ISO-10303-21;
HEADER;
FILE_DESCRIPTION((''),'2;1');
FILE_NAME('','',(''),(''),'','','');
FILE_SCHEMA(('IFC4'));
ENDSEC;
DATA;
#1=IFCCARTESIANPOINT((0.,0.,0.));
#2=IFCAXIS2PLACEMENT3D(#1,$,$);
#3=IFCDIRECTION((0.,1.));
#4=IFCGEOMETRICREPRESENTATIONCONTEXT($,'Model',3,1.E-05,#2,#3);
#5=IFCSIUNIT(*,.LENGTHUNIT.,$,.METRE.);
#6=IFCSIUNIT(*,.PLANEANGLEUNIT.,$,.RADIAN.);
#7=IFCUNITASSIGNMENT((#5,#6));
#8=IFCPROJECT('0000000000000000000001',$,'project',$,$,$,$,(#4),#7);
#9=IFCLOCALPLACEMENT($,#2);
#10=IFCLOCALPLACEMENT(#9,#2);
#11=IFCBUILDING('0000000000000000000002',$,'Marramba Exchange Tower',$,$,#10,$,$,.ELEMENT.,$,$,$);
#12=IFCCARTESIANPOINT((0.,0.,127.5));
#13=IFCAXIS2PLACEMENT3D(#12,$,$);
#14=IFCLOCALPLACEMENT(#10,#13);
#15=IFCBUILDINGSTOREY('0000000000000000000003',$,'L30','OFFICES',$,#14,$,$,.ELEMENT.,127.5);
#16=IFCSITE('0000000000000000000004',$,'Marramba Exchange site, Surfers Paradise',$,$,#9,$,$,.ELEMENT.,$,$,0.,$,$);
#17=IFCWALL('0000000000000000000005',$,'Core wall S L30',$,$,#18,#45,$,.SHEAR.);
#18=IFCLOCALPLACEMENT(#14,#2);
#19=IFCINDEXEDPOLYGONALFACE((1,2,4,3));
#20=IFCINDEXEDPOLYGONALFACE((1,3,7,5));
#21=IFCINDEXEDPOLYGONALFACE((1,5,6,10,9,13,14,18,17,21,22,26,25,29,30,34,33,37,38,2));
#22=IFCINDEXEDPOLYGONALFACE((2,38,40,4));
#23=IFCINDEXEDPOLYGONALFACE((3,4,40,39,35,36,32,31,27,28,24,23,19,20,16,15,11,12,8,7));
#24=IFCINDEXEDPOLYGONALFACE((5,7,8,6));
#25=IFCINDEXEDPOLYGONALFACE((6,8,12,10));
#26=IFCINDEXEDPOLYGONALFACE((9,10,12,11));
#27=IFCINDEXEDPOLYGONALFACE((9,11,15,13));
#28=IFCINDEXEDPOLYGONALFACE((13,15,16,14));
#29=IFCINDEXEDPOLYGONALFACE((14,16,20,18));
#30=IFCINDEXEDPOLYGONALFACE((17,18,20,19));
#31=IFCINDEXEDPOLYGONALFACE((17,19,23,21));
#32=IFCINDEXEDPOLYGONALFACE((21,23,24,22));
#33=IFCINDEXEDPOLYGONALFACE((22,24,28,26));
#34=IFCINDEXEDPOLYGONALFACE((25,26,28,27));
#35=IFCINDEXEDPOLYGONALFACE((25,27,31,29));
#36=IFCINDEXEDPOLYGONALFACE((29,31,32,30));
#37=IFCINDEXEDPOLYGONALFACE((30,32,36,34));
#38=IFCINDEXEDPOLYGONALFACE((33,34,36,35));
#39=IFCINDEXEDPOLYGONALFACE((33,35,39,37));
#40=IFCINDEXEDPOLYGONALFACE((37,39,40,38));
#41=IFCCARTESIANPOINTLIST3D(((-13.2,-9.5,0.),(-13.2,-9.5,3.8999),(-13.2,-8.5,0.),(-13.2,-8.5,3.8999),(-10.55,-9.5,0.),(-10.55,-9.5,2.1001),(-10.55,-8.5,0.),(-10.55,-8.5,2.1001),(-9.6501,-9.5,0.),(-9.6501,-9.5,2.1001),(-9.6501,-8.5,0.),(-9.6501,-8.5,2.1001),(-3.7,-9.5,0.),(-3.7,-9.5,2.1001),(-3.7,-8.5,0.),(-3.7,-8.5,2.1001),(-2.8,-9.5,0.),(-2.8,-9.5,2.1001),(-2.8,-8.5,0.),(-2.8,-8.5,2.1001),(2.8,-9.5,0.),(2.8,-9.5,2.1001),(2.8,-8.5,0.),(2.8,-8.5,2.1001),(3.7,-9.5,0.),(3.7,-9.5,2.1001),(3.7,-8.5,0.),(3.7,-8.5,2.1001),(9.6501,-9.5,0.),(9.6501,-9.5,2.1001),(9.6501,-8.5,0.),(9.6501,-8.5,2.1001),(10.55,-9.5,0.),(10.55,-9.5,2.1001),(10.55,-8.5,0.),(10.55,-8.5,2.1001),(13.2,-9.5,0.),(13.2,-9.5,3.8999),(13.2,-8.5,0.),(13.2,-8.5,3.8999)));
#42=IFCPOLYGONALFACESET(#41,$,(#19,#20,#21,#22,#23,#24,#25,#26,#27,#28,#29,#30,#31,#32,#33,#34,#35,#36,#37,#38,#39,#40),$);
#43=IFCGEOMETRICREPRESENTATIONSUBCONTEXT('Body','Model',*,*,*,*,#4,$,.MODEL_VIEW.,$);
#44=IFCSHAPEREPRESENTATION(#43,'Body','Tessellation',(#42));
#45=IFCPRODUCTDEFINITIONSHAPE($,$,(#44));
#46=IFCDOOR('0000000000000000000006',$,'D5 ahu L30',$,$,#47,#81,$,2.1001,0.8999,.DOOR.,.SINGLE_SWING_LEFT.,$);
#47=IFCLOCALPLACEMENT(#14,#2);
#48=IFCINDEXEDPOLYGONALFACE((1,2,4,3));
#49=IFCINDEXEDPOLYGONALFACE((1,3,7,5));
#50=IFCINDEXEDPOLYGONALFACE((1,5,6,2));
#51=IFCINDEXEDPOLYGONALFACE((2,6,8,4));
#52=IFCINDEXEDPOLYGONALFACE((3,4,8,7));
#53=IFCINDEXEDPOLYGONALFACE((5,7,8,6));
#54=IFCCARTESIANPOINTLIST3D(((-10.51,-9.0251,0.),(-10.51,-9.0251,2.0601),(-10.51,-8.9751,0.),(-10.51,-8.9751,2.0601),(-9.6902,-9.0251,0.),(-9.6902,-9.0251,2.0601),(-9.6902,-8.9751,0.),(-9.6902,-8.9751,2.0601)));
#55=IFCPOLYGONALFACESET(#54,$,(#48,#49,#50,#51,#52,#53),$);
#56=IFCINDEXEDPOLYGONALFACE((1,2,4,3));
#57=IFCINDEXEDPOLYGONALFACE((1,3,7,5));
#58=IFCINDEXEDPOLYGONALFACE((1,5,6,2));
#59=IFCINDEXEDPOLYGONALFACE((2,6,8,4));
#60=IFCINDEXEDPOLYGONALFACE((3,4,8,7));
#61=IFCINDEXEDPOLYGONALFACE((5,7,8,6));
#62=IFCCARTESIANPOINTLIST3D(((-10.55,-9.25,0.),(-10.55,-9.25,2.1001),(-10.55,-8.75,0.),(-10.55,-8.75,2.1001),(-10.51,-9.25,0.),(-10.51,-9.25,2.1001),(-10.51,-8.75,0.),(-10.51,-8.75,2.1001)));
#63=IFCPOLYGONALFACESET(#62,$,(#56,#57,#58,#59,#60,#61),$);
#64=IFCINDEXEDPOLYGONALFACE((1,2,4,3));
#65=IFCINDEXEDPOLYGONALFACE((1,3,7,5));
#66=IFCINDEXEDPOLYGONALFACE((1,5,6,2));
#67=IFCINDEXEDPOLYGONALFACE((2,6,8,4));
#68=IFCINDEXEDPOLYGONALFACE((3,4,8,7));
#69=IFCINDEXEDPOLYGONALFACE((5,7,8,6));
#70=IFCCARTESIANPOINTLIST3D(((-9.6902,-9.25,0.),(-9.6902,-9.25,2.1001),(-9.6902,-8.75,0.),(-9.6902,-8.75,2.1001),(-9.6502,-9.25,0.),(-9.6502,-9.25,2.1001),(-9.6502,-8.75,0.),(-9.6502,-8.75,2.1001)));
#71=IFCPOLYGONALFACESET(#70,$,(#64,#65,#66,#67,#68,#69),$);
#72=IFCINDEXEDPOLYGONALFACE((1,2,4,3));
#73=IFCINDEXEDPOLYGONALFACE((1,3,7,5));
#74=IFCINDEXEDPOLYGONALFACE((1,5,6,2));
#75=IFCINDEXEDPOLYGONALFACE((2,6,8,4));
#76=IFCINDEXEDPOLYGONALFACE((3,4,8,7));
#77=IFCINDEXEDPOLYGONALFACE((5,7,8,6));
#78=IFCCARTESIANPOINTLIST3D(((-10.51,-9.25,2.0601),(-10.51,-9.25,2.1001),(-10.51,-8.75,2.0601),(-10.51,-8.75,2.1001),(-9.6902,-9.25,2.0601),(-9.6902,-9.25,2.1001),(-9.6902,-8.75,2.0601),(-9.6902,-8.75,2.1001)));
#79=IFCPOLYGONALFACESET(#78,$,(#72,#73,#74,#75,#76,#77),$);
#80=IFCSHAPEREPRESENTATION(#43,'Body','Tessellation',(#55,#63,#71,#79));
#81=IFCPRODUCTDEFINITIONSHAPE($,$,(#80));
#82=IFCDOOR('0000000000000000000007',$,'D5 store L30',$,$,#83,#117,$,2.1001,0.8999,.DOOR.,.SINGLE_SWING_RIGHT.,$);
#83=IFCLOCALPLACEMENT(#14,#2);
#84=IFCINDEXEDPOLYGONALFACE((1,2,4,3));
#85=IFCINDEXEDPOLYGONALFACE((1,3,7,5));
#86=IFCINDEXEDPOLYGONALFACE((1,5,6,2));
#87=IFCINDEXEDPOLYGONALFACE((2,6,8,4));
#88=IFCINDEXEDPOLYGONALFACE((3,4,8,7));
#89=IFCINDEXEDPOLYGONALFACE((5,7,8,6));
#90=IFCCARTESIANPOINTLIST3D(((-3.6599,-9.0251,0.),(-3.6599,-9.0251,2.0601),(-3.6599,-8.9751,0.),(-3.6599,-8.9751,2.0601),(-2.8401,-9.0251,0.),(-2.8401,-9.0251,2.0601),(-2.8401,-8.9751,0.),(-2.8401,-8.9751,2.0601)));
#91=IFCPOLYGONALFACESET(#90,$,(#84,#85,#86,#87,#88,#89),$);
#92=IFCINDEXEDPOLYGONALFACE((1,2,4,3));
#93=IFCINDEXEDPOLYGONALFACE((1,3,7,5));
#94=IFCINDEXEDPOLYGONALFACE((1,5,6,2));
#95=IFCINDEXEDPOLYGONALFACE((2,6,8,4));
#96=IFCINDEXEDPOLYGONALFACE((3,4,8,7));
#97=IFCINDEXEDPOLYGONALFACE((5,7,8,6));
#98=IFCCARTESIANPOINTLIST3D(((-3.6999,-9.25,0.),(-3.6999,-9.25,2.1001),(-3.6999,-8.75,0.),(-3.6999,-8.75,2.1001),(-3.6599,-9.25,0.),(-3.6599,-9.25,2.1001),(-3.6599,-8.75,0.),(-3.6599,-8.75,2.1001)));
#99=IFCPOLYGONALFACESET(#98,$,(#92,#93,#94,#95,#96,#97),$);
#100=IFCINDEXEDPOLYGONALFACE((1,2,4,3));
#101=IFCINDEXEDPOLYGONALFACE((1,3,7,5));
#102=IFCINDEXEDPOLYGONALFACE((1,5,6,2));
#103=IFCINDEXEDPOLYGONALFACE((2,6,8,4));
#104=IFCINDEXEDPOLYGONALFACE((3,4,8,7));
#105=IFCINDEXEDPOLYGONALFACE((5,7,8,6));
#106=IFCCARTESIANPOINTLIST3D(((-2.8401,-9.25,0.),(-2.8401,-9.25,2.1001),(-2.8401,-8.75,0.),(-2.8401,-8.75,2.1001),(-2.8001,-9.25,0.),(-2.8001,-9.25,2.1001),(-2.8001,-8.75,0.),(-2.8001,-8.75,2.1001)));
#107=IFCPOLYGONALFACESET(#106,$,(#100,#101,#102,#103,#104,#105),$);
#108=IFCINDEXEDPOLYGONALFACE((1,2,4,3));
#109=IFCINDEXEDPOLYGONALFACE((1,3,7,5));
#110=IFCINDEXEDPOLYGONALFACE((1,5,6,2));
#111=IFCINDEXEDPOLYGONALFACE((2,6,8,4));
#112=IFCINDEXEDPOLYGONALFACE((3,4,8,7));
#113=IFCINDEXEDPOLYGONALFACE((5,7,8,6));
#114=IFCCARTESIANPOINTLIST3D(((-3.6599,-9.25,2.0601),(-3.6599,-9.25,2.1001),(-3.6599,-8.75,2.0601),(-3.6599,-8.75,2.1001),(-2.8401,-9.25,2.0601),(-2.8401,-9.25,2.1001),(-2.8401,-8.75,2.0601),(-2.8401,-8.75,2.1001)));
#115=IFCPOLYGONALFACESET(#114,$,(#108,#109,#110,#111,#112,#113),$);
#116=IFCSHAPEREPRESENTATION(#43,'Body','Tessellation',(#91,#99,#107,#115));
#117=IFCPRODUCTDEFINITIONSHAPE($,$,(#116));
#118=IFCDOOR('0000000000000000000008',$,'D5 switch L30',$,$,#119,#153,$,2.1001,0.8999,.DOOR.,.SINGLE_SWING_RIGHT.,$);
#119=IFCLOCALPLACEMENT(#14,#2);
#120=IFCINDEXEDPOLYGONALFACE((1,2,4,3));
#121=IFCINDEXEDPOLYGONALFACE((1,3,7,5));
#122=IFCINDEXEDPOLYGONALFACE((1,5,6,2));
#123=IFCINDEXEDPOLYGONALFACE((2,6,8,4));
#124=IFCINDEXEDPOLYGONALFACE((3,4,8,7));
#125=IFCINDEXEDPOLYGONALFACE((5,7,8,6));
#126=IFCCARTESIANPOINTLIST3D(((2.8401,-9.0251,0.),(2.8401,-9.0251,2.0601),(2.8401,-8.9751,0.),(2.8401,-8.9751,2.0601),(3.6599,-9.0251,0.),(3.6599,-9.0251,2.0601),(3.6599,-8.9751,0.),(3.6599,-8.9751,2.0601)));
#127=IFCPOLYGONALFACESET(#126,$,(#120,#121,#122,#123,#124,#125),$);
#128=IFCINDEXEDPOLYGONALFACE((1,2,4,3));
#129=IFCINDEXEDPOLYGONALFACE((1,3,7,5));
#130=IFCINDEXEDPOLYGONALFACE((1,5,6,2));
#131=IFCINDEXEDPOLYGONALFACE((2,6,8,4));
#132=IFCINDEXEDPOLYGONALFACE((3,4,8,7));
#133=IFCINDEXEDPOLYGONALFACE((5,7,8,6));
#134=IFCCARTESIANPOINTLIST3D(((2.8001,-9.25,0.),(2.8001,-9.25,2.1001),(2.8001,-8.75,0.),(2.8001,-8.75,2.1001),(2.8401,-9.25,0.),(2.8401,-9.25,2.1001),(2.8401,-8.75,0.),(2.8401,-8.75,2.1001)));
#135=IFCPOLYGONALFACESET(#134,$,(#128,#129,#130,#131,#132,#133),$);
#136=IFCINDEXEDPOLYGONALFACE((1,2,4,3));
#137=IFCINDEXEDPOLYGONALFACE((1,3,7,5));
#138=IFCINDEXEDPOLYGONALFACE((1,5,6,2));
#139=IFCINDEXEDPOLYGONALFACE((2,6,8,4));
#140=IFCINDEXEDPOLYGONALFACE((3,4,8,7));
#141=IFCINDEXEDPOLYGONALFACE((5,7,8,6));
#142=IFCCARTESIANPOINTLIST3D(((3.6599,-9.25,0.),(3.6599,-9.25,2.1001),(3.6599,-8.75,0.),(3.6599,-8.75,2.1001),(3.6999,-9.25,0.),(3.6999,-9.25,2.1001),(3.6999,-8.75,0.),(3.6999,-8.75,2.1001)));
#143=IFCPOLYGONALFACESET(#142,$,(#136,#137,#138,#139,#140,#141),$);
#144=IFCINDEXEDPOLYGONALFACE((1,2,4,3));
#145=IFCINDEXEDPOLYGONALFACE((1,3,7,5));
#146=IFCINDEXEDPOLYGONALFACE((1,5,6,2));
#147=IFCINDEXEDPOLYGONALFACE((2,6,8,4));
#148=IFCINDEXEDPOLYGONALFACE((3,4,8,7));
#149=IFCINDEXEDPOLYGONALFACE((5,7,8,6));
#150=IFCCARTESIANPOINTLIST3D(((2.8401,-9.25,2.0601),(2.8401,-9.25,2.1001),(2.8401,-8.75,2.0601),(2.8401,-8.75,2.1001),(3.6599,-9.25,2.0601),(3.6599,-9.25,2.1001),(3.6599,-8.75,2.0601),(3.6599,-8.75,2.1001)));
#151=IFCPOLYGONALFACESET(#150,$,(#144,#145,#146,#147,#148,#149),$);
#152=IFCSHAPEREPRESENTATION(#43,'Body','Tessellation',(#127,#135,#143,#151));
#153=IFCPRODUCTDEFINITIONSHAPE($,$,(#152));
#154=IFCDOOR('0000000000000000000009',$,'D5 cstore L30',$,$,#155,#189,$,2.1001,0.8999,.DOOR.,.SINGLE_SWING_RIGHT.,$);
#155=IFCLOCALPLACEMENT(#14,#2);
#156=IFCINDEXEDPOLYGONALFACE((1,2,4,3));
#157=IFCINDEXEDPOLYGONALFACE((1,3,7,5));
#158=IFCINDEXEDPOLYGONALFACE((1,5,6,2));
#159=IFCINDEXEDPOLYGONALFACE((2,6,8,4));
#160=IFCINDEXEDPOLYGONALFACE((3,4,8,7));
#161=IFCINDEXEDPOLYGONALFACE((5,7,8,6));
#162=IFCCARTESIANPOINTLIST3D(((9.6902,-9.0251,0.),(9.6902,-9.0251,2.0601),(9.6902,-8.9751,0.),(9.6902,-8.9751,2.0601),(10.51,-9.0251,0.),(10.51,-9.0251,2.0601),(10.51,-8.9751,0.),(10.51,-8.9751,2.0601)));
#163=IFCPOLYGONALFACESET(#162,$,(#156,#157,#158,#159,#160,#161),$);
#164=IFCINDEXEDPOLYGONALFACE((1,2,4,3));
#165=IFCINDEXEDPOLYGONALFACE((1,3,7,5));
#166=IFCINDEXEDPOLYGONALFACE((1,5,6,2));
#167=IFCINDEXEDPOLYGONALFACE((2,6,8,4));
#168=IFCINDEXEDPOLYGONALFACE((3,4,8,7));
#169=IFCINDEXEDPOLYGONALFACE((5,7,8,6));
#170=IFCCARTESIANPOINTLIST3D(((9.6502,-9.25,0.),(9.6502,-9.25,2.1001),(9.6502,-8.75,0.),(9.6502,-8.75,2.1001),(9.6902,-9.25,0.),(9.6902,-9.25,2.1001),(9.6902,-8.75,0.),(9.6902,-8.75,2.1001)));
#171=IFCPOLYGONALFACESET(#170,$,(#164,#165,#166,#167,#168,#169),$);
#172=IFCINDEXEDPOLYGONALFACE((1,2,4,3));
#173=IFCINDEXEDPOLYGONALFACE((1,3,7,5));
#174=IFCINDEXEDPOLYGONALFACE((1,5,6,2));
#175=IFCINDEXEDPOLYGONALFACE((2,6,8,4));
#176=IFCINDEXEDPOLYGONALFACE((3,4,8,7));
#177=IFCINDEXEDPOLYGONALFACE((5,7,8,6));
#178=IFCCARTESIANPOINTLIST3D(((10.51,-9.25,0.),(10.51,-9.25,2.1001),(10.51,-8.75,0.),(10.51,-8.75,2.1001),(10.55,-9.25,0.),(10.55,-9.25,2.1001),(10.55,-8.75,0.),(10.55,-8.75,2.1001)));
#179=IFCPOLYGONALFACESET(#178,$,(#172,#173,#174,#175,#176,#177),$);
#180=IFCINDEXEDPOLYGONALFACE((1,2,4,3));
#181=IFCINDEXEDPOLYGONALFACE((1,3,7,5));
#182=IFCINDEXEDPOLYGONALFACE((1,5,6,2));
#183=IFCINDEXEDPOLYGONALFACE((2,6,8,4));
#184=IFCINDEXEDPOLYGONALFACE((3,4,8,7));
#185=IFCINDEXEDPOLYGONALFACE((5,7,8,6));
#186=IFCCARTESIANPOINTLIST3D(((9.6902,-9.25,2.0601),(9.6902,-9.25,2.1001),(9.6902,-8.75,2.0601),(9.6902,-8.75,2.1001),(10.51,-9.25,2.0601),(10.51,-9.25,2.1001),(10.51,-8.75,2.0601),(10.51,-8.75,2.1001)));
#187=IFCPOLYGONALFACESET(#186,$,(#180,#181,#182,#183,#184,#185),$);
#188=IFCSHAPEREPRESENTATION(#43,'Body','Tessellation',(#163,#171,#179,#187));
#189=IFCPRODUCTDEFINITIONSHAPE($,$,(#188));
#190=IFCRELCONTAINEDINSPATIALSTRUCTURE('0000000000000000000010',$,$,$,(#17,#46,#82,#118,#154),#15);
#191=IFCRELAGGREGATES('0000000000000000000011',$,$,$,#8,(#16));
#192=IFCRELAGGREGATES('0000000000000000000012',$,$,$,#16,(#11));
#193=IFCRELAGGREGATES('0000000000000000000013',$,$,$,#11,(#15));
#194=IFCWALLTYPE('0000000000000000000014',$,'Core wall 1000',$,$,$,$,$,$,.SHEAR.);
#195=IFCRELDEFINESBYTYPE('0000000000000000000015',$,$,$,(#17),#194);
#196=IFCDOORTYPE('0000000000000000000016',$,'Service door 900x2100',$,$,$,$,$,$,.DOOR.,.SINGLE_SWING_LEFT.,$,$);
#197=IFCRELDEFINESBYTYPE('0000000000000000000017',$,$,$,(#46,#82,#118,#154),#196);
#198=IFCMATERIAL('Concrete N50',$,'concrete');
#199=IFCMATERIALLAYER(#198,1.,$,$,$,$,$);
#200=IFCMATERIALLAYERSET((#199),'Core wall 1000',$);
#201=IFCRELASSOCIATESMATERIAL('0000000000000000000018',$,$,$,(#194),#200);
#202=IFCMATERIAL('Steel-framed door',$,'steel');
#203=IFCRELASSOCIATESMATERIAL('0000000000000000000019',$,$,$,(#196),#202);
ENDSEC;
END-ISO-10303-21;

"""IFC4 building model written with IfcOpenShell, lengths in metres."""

from ifc_helpers import new_model, si_unit, direction, frame, frame_2d, origin, place, context, subcontext, project, spatial, rectangle, extrude, material, layer, layer_set, type_object, element, fill, save


model = new_model("IFC4")

# Units and contexts
model_context = context("Model", 3, precision=1e-05, world=origin(), true_north=direction((0.0, 1.0)))
body_context = subcontext(model_context, "Body", "Model", "MODEL_VIEW")
ifc_project = project(units=[si_unit("LENGTHUNIT", "METRE"), si_unit("PLANEANGLEUNIT", "RADIAN")], contexts=[model_context])

# Site, building, storey
site_placement = place(None, origin())
site = spatial("IfcSite", under=ifc_project, at=site_placement, Name="Marramba Exchange site, Surfers Paradise", CompositionType="ELEMENT", RefElevation=0.0)
building_placement = place(site_placement, origin())
building = spatial("IfcBuilding", under=site, at=building_placement, Name="Marramba Exchange Tower", CompositionType="ELEMENT")
storey_placement = place(building_placement, frame((0.0, 0.0, 127.5)))
storey = spatial("IfcBuildingStorey", under=building, at=storey_placement, Name="L30", Description="OFFICES", CompositionType="ELEMENT", Elevation=127.5)

# Shared definitions
ifc_material_1 = material(Name="Concrete N50", Category="concrete")

# Wall, openings, doors
ifc_layer_1 = layer(ifc_material_1, 1.0)
ifc_layer_set_1 = layer_set([ifc_layer_1], Name="Core wall 1000")
wall_type_1 = type_object("IfcWallType", Name="Core wall 1000", PredefinedType="SHEAR", material=ifc_layer_set_1)
wall_1_placement = place(storey_placement, frame((-13.2, -9.0, 0.0), z_axis=(0.0, 0.0, 1.0), x_axis=(1.0, 0.0, 0.0)))
wall_1 = element("IfcWall", 1, at=wall_1_placement, inside=storey, type_object=wall_type_1, Name="Core wall S L30", PredefinedType="SHEAR", context=body_context, shape_type="SweptSolid", body=[
    extrude(rectangle(XDim=26.3999, YDim=1.0, at=frame_2d((13.2, 0.0))), origin(), (0.0, 0.0, 1.0), 3.8999),
])
opening_1_placement = place(wall_1_placement, frame((2.6499, 0.0, 0.0)))
opening_1 = element("IfcOpeningElement", 2, at=opening_1_placement, cuts=wall_1, PredefinedType="OPENING", context=body_context, shape_type="SweptSolid", body=[
    extrude(rectangle(XDim=0.8999, YDim=2.1001, at=frame_2d((0.45, 1.05))), frame((0.0, 0.51, 0.0), z_axis=(0.0, -1.0, 0.0), x_axis=(1.0, 0.0, 0.0)), (0.0, 0.0, 1.0), 1.02),
])
opening_2_placement = place(wall_1_placement, frame((9.5, 0.0, 0.0)))
opening_2 = element("IfcOpeningElement", 3, at=opening_2_placement, cuts=wall_1, PredefinedType="OPENING", context=body_context, shape_type="SweptSolid", body=[
    extrude(rectangle(XDim=0.8999, YDim=2.1001, at=frame_2d((0.45, 1.05))), frame((0.0, 0.51, 0.0), z_axis=(0.0, -1.0, 0.0), x_axis=(1.0, 0.0, 0.0)), (0.0, 0.0, 1.0), 1.02),
])
opening_3_placement = place(wall_1_placement, frame((16.0, 0.0, 0.0)))
opening_3 = element("IfcOpeningElement", 4, at=opening_3_placement, cuts=wall_1, PredefinedType="OPENING", context=body_context, shape_type="SweptSolid", body=[
    extrude(rectangle(XDim=0.8999, YDim=2.1001, at=frame_2d((0.45, 1.05))), frame((0.0, 0.51, 0.0), z_axis=(0.0, -1.0, 0.0), x_axis=(1.0, 0.0, 0.0)), (0.0, 0.0, 1.0), 1.02),
])
opening_4_placement = place(wall_1_placement, frame((22.8501, 0.0, 0.0)))
opening_4 = element("IfcOpeningElement", 5, at=opening_4_placement, cuts=wall_1, PredefinedType="OPENING", context=body_context, shape_type="SweptSolid", body=[
    extrude(rectangle(XDim=0.8999, YDim=2.1001, at=frame_2d((0.45, 1.05))), frame((0.0, 0.51, 0.0), z_axis=(0.0, -1.0, 0.0), x_axis=(1.0, 0.0, 0.0)), (0.0, 0.0, 1.0), 1.02),
])
ifc_material_2 = material(Name="Steel-framed door", Category="steel")
door_type_1 = type_object("IfcDoorType", Name="Service door 900x2100", OperationType="SINGLE_SWING_LEFT", PredefinedType="DOOR", material=ifc_material_2)
door_1_placement = place(opening_1_placement, origin())
door_1 = element("IfcDoor", 6, at=door_1_placement, inside=storey, type_object=door_type_1, Name="D5 ahu L30", OperationType="SINGLE_SWING_LEFT", OverallHeight=2.1001, OverallWidth=0.8999, PredefinedType="DOOR", context=body_context, shape_type="SweptSolid", body=[
    extrude(rectangle(XDim=0.8198, YDim=2.0601, at=frame_2d((0.45, 1.03))), frame((0.0, 0.0249, 0.0), z_axis=(0.0, -1.0, 0.0), x_axis=(1.0, 0.0, 0.0)), (0.0, 0.0, 1.0), 0.05),
    extrude(rectangle(XDim=0.04, YDim=2.1001, at=frame_2d((0.02, 1.05))), frame((0.0, 0.25, 0.0), z_axis=(0.0, -1.0, 0.0), x_axis=(1.0, 0.0, 0.0)), (0.0, 0.0, 1.0), 0.5),
    extrude(rectangle(XDim=0.04, YDim=2.1001, at=frame_2d((0.8799, 1.05))), frame((0.0, 0.25, 0.0), z_axis=(0.0, -1.0, 0.0), x_axis=(1.0, 0.0, 0.0)), (0.0, 0.0, 1.0), 0.5),
    extrude(rectangle(XDim=0.8198, YDim=0.04, at=frame_2d((0.45, 2.0801))), frame((0.0, 0.25, 0.0), z_axis=(0.0, -1.0, 0.0), x_axis=(1.0, 0.0, 0.0)), (0.0, 0.0, 1.0), 0.5),
])
fill(opening_1, door_1)
door_2_placement = place(opening_2_placement, origin())
door_2 = element("IfcDoor", 7, at=door_2_placement, inside=storey, type_object=door_type_1, Name="D5 store L30", OperationType="SINGLE_SWING_RIGHT", OverallHeight=2.1001, OverallWidth=0.8999, PredefinedType="DOOR", context=body_context, shape_type="SweptSolid", body=[
    extrude(rectangle(XDim=0.8198, YDim=2.0601, at=frame_2d((0.45, 1.03))), frame((0.0, 0.0249, 0.0), z_axis=(0.0, -1.0, 0.0), x_axis=(1.0, 0.0, 0.0)), (0.0, 0.0, 1.0), 0.05),
    extrude(rectangle(XDim=0.04, YDim=2.1001, at=frame_2d((0.02, 1.05))), frame((0.0, 0.25, 0.0), z_axis=(0.0, -1.0, 0.0), x_axis=(1.0, 0.0, 0.0)), (0.0, 0.0, 1.0), 0.5),
    extrude(rectangle(XDim=0.04, YDim=2.1001, at=frame_2d((0.8799, 1.05))), frame((0.0, 0.25, 0.0), z_axis=(0.0, -1.0, 0.0), x_axis=(1.0, 0.0, 0.0)), (0.0, 0.0, 1.0), 0.5),
    extrude(rectangle(XDim=0.8198, YDim=0.04, at=frame_2d((0.45, 2.0801))), frame((0.0, 0.25, 0.0), z_axis=(0.0, -1.0, 0.0), x_axis=(1.0, 0.0, 0.0)), (0.0, 0.0, 1.0), 0.5),
])
fill(opening_2, door_2)
door_3_placement = place(opening_3_placement, origin())
door_3 = element("IfcDoor", 8, at=door_3_placement, inside=storey, type_object=door_type_1, Name="D5 switch L30", OperationType="SINGLE_SWING_RIGHT", OverallHeight=2.1001, OverallWidth=0.8999, PredefinedType="DOOR", context=body_context, shape_type="SweptSolid", body=[
    extrude(rectangle(XDim=0.8198, YDim=2.0601, at=frame_2d((0.45, 1.03))), frame((0.0, 0.0249, 0.0), z_axis=(0.0, -1.0, 0.0), x_axis=(1.0, 0.0, 0.0)), (0.0, 0.0, 1.0), 0.05),
    extrude(rectangle(XDim=0.04, YDim=2.1001, at=frame_2d((0.02, 1.05))), frame((0.0, 0.25, 0.0), z_axis=(0.0, -1.0, 0.0), x_axis=(1.0, 0.0, 0.0)), (0.0, 0.0, 1.0), 0.5),
    extrude(rectangle(XDim=0.04, YDim=2.1001, at=frame_2d((0.8799, 1.05))), frame((0.0, 0.25, 0.0), z_axis=(0.0, -1.0, 0.0), x_axis=(1.0, 0.0, 0.0)), (0.0, 0.0, 1.0), 0.5),
    extrude(rectangle(XDim=0.8198, YDim=0.04, at=frame_2d((0.45, 2.0801))), frame((0.0, 0.25, 0.0), z_axis=(0.0, -1.0, 0.0), x_axis=(1.0, 0.0, 0.0)), (0.0, 0.0, 1.0), 0.5),
])
fill(opening_3, door_3)
door_4_placement = place(opening_4_placement, origin())
door_4 = element("IfcDoor", 9, at=door_4_placement, inside=storey, type_object=door_type_1, Name="D5 cstore L30", OperationType="SINGLE_SWING_RIGHT", OverallHeight=2.1001, OverallWidth=0.8999, PredefinedType="DOOR", context=body_context, shape_type="SweptSolid", body=[
    extrude(rectangle(XDim=0.8198, YDim=2.0601, at=frame_2d((0.45, 1.03))), frame((0.0, 0.0249, 0.0), z_axis=(0.0, -1.0, 0.0), x_axis=(1.0, 0.0, 0.0)), (0.0, 0.0, 1.0), 0.05),
    extrude(rectangle(XDim=0.04, YDim=2.1001, at=frame_2d((0.02, 1.05))), frame((0.0, 0.25, 0.0), z_axis=(0.0, -1.0, 0.0), x_axis=(1.0, 0.0, 0.0)), (0.0, 0.0, 1.0), 0.5),
    extrude(rectangle(XDim=0.04, YDim=2.1001, at=frame_2d((0.8799, 1.05))), frame((0.0, 0.25, 0.0), z_axis=(0.0, -1.0, 0.0), x_axis=(1.0, 0.0, 0.0)), (0.0, 0.0, 1.0), 0.5),
    extrude(rectangle(XDim=0.8198, YDim=0.04, at=frame_2d((0.45, 2.0801))), frame((0.0, 0.25, 0.0), z_axis=(0.0, -1.0, 0.0), x_axis=(1.0, 0.0, 0.0)), (0.0, 0.0, 1.0), 0.5),
])
fill(opening_4, door_4)

save(model, "model.ifc")
